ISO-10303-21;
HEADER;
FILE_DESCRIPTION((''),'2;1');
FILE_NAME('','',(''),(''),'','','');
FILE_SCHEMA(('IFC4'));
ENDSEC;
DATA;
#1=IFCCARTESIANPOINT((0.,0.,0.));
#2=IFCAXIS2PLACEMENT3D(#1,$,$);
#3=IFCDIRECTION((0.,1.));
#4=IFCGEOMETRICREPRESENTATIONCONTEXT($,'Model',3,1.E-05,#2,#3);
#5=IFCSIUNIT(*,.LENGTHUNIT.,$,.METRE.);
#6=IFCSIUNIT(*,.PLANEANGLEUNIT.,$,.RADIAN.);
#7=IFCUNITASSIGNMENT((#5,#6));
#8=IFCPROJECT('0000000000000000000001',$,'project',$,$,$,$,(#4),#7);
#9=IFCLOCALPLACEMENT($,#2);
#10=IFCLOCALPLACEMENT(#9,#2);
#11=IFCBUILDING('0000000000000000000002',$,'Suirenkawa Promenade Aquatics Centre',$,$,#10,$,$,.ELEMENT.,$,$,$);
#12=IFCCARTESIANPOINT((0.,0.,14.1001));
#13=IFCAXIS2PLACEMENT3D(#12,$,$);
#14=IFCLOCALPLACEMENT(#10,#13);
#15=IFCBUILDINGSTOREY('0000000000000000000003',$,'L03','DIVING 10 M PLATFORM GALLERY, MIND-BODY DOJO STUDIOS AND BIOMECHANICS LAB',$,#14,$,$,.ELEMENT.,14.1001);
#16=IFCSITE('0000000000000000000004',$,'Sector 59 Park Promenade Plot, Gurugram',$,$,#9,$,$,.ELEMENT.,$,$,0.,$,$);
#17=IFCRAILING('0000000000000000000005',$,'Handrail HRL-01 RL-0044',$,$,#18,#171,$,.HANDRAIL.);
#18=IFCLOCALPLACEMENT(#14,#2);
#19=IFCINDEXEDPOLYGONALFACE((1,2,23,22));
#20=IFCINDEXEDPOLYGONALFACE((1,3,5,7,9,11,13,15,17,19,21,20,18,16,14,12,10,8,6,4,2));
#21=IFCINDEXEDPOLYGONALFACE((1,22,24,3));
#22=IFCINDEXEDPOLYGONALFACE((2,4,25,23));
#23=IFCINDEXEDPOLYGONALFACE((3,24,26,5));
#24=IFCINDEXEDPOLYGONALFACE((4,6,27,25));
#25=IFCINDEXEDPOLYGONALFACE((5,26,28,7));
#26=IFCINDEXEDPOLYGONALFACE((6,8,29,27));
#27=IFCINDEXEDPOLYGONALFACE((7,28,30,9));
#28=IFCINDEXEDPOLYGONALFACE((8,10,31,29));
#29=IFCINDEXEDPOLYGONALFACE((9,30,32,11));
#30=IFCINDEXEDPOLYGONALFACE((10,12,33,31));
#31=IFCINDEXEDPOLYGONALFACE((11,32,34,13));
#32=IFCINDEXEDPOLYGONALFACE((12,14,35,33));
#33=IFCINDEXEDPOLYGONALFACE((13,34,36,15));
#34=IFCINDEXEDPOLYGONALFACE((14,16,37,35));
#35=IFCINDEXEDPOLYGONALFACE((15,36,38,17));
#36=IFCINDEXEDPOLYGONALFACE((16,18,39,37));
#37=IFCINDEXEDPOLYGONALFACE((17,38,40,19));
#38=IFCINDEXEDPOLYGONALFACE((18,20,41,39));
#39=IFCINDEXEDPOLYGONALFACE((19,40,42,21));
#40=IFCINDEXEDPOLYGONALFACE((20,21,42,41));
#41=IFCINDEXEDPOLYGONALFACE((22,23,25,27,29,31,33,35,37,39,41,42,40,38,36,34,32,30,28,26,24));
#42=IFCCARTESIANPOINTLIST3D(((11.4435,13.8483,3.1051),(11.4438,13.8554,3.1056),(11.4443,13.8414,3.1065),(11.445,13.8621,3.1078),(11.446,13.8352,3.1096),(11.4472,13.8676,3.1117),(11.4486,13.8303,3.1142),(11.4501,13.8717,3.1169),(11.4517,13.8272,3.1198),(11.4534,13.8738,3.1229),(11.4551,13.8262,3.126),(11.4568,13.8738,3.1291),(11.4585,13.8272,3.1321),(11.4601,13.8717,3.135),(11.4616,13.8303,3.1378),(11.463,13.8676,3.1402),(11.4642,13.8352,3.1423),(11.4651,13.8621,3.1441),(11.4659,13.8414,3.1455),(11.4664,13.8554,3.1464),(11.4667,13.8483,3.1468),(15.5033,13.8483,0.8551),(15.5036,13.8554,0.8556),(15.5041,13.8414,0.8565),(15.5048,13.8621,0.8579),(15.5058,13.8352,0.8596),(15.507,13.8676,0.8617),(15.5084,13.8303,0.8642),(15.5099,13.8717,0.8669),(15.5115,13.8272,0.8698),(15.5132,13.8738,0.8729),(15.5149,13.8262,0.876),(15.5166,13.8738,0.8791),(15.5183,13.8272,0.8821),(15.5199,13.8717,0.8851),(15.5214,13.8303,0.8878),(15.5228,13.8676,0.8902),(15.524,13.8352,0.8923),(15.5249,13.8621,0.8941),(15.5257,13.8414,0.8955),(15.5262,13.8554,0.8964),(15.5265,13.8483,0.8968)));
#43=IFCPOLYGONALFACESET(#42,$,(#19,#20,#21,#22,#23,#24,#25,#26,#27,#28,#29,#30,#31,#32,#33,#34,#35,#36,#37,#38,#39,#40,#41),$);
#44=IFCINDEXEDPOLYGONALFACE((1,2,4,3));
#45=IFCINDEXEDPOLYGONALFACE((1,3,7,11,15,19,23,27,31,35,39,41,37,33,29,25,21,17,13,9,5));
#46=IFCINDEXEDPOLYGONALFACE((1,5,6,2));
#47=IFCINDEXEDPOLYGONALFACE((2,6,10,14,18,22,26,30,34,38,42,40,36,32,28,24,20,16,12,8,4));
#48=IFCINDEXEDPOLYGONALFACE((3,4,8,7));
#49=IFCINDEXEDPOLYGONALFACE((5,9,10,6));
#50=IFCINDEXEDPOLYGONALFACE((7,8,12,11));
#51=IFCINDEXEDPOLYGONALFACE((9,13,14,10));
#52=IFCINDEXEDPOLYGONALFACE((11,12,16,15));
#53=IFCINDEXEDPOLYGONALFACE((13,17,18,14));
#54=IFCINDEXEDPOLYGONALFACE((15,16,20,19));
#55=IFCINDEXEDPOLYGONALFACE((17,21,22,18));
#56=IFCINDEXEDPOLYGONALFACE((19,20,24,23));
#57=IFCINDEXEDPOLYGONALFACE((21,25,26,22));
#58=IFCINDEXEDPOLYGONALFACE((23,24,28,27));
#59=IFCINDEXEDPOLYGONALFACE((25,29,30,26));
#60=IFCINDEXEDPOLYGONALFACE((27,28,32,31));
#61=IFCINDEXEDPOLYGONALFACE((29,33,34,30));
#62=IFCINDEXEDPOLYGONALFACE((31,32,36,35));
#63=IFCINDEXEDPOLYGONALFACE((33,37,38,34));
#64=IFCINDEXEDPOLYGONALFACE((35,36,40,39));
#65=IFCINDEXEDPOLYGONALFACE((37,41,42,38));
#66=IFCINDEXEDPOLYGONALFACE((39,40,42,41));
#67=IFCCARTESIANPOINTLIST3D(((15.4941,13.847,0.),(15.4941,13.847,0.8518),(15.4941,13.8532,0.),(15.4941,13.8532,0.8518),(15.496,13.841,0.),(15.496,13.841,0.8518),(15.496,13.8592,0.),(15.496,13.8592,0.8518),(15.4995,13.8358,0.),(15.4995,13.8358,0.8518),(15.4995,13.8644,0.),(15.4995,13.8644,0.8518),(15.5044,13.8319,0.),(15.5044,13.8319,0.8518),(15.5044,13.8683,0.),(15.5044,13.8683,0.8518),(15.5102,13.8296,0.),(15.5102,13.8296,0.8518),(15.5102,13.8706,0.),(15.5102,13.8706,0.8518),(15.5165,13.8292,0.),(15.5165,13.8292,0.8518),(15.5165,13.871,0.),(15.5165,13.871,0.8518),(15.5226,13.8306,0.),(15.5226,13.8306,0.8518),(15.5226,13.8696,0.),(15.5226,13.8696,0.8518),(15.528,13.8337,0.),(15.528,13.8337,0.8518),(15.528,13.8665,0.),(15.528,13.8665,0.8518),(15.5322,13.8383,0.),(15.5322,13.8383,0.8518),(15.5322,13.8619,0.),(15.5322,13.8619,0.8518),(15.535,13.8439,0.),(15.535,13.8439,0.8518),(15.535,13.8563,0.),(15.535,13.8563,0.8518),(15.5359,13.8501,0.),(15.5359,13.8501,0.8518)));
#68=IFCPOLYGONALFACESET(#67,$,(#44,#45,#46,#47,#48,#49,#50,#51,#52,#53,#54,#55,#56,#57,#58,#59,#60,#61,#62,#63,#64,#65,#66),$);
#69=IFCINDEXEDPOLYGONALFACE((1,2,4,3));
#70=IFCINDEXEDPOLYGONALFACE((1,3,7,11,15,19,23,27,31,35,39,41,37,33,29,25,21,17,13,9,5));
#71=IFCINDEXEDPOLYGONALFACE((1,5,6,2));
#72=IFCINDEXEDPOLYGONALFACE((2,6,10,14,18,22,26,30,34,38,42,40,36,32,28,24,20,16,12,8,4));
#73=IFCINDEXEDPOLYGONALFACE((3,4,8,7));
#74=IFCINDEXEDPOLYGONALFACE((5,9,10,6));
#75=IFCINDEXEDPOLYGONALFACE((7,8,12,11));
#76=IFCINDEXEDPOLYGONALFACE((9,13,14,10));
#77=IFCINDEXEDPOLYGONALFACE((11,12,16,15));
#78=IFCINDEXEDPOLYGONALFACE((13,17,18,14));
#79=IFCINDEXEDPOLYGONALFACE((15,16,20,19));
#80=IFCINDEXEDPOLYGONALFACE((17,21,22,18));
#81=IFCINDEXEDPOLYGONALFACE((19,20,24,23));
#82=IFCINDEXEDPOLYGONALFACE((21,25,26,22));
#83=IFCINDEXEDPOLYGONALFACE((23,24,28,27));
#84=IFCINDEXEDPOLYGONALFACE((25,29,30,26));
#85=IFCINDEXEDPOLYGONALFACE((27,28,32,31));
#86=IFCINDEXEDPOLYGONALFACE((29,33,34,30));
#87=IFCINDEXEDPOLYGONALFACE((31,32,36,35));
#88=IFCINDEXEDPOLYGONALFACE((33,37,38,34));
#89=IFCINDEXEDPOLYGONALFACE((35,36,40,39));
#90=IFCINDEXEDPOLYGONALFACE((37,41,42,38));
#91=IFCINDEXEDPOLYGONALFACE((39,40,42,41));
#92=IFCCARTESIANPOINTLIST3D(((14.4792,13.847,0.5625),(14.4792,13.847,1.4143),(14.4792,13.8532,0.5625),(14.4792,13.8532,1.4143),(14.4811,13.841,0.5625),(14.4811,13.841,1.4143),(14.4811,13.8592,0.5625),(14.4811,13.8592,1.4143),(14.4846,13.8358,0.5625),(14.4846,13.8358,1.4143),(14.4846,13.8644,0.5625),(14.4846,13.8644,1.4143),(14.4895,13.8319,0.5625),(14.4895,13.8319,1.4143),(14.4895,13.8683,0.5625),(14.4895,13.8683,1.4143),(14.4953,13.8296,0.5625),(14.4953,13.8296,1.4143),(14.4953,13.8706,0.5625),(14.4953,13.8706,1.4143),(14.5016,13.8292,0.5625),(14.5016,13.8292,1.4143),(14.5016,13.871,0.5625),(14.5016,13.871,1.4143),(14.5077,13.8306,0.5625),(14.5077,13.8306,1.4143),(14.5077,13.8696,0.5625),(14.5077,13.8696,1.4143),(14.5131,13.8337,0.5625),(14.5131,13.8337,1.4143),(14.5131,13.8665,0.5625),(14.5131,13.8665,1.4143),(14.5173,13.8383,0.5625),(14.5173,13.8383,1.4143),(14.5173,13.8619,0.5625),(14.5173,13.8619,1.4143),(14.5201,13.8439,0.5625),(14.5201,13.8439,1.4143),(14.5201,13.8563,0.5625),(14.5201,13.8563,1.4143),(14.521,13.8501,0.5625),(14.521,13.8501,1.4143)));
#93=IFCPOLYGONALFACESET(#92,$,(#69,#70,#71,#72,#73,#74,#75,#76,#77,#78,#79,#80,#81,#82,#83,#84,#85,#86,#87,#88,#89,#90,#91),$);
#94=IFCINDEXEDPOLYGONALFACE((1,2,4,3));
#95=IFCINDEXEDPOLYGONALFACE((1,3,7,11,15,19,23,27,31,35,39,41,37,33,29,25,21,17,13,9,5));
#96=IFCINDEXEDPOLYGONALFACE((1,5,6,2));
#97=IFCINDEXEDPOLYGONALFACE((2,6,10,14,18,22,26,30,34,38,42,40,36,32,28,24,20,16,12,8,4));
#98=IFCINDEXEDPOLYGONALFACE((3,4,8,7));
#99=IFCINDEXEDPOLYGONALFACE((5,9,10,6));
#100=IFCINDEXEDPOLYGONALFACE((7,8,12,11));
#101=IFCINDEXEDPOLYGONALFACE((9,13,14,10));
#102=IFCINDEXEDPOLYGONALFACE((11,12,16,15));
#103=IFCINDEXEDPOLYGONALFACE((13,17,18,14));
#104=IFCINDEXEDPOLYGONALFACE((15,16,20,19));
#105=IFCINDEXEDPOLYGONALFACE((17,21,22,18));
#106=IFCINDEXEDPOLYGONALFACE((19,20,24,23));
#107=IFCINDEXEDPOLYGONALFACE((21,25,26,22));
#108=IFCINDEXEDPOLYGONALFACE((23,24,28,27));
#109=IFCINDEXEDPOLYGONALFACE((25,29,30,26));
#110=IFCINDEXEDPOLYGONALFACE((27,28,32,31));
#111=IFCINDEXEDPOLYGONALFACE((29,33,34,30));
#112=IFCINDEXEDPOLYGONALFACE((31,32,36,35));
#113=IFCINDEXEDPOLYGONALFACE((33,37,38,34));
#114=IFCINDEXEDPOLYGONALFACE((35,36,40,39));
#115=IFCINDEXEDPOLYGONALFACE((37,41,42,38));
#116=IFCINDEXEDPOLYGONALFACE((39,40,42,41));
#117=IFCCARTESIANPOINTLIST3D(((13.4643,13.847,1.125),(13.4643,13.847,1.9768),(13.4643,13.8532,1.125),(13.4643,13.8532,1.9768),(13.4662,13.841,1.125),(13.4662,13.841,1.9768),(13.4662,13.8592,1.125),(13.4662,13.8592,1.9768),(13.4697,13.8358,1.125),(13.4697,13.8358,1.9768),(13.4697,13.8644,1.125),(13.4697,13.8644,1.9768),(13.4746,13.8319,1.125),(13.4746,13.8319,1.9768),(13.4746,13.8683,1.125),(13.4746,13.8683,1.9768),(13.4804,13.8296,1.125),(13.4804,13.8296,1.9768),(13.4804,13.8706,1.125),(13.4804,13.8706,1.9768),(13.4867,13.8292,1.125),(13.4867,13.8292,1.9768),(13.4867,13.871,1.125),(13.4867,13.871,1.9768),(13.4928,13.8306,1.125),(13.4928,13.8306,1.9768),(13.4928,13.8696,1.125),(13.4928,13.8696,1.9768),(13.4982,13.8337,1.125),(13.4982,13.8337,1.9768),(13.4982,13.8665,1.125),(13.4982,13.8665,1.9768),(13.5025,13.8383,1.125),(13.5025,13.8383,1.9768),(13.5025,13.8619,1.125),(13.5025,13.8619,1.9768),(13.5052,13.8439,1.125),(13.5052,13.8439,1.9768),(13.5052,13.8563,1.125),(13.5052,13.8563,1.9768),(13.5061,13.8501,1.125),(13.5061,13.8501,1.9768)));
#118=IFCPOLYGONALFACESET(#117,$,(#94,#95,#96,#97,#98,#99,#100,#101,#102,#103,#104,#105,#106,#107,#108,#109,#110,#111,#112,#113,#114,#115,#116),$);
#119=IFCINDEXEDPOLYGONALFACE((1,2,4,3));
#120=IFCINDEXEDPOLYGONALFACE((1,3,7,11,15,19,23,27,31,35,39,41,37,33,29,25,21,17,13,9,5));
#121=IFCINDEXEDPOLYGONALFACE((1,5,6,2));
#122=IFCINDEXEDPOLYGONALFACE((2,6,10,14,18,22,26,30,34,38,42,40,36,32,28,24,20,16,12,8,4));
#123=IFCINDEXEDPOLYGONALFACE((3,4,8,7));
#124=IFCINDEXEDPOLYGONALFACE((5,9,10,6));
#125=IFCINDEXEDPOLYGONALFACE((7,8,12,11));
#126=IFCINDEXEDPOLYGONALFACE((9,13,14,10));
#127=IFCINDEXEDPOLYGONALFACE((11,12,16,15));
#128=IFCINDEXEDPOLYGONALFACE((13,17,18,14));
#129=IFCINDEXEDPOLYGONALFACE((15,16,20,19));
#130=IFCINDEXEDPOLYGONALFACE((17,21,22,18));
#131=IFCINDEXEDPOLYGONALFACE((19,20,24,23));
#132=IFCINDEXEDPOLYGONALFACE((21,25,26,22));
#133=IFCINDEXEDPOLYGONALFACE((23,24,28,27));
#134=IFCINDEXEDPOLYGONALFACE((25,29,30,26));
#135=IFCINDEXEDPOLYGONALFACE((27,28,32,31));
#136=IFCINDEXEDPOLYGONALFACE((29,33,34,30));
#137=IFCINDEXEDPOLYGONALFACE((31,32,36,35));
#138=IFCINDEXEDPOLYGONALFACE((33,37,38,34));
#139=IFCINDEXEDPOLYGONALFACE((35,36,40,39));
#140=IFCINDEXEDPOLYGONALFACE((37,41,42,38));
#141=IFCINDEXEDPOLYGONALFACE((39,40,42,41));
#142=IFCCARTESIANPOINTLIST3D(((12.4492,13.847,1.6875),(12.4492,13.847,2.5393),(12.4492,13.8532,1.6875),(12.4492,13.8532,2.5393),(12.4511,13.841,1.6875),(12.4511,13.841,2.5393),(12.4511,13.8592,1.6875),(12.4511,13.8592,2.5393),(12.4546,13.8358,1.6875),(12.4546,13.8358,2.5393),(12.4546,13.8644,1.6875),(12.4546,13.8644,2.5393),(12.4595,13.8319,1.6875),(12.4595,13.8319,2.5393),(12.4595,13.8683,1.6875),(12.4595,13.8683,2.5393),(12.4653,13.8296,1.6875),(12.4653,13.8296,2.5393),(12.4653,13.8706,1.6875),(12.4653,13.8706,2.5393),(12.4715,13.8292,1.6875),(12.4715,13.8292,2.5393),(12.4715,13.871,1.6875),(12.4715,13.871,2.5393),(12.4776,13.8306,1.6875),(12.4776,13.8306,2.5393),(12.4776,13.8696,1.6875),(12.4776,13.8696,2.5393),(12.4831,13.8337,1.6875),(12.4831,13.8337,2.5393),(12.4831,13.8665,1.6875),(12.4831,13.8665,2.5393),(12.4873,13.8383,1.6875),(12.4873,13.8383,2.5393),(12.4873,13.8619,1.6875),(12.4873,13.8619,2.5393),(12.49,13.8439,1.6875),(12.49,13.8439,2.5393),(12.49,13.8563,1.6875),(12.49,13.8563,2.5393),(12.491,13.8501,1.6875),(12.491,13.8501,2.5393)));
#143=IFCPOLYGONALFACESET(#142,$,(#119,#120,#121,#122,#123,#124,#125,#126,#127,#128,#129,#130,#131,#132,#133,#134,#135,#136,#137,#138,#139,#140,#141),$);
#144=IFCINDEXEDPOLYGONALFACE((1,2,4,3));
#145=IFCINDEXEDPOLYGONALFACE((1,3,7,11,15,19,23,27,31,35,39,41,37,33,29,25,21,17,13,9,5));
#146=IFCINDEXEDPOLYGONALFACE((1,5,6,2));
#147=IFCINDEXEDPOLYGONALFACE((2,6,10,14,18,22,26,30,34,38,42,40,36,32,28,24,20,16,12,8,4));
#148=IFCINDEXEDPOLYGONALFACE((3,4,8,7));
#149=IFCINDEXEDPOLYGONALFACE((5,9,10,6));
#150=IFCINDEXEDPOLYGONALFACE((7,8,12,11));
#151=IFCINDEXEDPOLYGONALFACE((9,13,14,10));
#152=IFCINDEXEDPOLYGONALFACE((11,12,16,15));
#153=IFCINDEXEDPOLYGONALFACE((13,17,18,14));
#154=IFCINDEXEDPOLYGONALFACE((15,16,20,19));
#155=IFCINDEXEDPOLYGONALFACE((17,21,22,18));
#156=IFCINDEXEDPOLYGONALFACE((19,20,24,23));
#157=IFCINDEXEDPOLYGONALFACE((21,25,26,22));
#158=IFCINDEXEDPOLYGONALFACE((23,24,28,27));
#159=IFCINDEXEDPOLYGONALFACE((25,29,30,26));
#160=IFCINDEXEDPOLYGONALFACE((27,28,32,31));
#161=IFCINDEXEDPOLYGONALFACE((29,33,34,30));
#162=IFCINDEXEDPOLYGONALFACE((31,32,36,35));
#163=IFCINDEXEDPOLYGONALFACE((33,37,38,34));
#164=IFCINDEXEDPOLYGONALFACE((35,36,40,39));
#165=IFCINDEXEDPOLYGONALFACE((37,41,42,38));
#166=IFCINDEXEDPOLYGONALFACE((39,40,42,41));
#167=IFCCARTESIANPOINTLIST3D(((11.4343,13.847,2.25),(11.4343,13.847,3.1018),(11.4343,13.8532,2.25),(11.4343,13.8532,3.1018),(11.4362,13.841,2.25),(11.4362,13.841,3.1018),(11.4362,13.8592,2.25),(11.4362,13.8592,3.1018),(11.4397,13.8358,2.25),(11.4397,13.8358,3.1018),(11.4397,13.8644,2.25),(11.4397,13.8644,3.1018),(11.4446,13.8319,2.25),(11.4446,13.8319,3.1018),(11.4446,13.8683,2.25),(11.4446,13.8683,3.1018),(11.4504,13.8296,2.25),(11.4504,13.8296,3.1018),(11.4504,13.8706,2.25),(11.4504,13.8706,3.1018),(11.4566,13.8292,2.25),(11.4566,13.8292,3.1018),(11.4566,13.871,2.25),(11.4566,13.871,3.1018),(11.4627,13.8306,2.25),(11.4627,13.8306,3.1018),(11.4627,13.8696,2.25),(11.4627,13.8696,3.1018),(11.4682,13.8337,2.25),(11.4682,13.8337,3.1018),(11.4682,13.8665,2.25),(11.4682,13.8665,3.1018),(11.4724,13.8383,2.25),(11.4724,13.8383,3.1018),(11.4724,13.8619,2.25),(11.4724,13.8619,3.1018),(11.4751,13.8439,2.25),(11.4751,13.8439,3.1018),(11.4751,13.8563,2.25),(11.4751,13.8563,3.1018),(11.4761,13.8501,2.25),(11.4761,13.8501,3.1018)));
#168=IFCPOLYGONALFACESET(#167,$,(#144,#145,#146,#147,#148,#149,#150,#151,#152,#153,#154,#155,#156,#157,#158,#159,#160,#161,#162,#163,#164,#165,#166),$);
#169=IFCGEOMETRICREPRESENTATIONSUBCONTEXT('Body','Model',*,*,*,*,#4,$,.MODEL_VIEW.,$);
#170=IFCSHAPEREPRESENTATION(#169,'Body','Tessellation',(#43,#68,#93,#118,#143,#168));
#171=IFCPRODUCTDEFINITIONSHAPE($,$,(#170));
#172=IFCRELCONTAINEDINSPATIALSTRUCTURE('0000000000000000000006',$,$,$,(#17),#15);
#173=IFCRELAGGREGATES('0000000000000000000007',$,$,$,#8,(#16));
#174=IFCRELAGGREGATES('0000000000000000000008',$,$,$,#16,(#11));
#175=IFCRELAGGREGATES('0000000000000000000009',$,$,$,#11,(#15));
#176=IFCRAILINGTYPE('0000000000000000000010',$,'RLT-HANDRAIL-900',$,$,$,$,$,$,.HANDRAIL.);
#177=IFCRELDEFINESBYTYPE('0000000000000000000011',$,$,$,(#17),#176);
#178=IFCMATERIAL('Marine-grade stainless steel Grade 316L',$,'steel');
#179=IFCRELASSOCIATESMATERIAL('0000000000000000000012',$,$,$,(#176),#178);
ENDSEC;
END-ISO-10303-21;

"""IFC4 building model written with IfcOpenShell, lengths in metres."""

from ifc_helpers import new_model, si_unit, direction, frame, origin, origin_2d, place, context, subcontext, project, spatial, circle, extrude, material, type_object, element, save


model = new_model("IFC4")

# Units and contexts
model_context = context("Model", 3, precision=1e-05, world=origin(), true_north=direction((0.0, 1.0)))
body_context = subcontext(model_context, "Body", "Model", "MODEL_VIEW")
ifc_project = project(units=[si_unit("LENGTHUNIT", "METRE"), si_unit("PLANEANGLEUNIT", "RADIAN")], contexts=[model_context])

# Site, building, storey
site_placement = place(None, origin())
site = spatial("IfcSite", under=ifc_project, at=site_placement, Name="Sector 59 Park Promenade Plot, Gurugram", CompositionType="ELEMENT", RefElevation=0.0)
building_placement = place(site_placement, origin())
building = spatial("IfcBuilding", under=site, at=building_placement, Name="Suirenkawa Promenade Aquatics Centre", CompositionType="ELEMENT")
storey_placement = place(building_placement, frame((0.0, 0.0, 14.1001)))
storey = spatial("IfcBuildingStorey", under=building, at=storey_placement, Name="L03", Description="DIVING 10 M PLATFORM GALLERY, MIND-BODY DOJO STUDIOS AND BIOMECHANICS LAB", CompositionType="ELEMENT", Elevation=14.1001)

# Railing
ifc_material_1 = material(Name="Marine-grade stainless steel Grade 316L", Category="steel")
railing_type_1 = type_object("IfcRailingType", Name="RLT-HANDRAIL-900", PredefinedType="HANDRAIL", material=ifc_material_1)
for number, where, name in (
    (1, (15.5149, 13.8501, 0.0), "Handrail HRL-01 RL-0044"),
):
    element("IfcRailing", number, at=place(storey_placement, frame(where)), inside=storey, type_object=railing_type_1, Name=name, PredefinedType="HANDRAIL", context=body_context, shape_type="SweptSolid", body=[
        extrude(circle(Radius=0.0239, at=origin_2d()), frame((0.0, 0.0, 0.876), z_axis=(-0.874656, 0.0, 0.484745), x_axis=(0.0, -1.0, 0.0)), (0.0, 0.0, 1.0), 4.6416),
        extrude(circle(Radius=0.021, at=origin_2d()), origin(), (0.0, 0.0, 1.0), 0.8518),
        extrude(circle(Radius=0.021, at=origin_2d()), frame((-1.0149, 0.0, 0.5625)), (0.0, 0.0, 1.0), 0.8518),
        extrude(circle(Radius=0.021, at=origin_2d()), frame((-2.0298, 0.0, 1.125)), (0.0, 0.0, 1.0), 0.8518),
        extrude(circle(Radius=0.021, at=origin_2d()), frame((-3.0449, 0.0, 1.6875)), (0.0, 0.0, 1.0), 0.8518),
        extrude(circle(Radius=0.021, at=origin_2d()), frame((-4.0598, 0.0, 2.25)), (0.0, 0.0, 1.0), 0.8518),
    ])

save(model, "model.ifc")
